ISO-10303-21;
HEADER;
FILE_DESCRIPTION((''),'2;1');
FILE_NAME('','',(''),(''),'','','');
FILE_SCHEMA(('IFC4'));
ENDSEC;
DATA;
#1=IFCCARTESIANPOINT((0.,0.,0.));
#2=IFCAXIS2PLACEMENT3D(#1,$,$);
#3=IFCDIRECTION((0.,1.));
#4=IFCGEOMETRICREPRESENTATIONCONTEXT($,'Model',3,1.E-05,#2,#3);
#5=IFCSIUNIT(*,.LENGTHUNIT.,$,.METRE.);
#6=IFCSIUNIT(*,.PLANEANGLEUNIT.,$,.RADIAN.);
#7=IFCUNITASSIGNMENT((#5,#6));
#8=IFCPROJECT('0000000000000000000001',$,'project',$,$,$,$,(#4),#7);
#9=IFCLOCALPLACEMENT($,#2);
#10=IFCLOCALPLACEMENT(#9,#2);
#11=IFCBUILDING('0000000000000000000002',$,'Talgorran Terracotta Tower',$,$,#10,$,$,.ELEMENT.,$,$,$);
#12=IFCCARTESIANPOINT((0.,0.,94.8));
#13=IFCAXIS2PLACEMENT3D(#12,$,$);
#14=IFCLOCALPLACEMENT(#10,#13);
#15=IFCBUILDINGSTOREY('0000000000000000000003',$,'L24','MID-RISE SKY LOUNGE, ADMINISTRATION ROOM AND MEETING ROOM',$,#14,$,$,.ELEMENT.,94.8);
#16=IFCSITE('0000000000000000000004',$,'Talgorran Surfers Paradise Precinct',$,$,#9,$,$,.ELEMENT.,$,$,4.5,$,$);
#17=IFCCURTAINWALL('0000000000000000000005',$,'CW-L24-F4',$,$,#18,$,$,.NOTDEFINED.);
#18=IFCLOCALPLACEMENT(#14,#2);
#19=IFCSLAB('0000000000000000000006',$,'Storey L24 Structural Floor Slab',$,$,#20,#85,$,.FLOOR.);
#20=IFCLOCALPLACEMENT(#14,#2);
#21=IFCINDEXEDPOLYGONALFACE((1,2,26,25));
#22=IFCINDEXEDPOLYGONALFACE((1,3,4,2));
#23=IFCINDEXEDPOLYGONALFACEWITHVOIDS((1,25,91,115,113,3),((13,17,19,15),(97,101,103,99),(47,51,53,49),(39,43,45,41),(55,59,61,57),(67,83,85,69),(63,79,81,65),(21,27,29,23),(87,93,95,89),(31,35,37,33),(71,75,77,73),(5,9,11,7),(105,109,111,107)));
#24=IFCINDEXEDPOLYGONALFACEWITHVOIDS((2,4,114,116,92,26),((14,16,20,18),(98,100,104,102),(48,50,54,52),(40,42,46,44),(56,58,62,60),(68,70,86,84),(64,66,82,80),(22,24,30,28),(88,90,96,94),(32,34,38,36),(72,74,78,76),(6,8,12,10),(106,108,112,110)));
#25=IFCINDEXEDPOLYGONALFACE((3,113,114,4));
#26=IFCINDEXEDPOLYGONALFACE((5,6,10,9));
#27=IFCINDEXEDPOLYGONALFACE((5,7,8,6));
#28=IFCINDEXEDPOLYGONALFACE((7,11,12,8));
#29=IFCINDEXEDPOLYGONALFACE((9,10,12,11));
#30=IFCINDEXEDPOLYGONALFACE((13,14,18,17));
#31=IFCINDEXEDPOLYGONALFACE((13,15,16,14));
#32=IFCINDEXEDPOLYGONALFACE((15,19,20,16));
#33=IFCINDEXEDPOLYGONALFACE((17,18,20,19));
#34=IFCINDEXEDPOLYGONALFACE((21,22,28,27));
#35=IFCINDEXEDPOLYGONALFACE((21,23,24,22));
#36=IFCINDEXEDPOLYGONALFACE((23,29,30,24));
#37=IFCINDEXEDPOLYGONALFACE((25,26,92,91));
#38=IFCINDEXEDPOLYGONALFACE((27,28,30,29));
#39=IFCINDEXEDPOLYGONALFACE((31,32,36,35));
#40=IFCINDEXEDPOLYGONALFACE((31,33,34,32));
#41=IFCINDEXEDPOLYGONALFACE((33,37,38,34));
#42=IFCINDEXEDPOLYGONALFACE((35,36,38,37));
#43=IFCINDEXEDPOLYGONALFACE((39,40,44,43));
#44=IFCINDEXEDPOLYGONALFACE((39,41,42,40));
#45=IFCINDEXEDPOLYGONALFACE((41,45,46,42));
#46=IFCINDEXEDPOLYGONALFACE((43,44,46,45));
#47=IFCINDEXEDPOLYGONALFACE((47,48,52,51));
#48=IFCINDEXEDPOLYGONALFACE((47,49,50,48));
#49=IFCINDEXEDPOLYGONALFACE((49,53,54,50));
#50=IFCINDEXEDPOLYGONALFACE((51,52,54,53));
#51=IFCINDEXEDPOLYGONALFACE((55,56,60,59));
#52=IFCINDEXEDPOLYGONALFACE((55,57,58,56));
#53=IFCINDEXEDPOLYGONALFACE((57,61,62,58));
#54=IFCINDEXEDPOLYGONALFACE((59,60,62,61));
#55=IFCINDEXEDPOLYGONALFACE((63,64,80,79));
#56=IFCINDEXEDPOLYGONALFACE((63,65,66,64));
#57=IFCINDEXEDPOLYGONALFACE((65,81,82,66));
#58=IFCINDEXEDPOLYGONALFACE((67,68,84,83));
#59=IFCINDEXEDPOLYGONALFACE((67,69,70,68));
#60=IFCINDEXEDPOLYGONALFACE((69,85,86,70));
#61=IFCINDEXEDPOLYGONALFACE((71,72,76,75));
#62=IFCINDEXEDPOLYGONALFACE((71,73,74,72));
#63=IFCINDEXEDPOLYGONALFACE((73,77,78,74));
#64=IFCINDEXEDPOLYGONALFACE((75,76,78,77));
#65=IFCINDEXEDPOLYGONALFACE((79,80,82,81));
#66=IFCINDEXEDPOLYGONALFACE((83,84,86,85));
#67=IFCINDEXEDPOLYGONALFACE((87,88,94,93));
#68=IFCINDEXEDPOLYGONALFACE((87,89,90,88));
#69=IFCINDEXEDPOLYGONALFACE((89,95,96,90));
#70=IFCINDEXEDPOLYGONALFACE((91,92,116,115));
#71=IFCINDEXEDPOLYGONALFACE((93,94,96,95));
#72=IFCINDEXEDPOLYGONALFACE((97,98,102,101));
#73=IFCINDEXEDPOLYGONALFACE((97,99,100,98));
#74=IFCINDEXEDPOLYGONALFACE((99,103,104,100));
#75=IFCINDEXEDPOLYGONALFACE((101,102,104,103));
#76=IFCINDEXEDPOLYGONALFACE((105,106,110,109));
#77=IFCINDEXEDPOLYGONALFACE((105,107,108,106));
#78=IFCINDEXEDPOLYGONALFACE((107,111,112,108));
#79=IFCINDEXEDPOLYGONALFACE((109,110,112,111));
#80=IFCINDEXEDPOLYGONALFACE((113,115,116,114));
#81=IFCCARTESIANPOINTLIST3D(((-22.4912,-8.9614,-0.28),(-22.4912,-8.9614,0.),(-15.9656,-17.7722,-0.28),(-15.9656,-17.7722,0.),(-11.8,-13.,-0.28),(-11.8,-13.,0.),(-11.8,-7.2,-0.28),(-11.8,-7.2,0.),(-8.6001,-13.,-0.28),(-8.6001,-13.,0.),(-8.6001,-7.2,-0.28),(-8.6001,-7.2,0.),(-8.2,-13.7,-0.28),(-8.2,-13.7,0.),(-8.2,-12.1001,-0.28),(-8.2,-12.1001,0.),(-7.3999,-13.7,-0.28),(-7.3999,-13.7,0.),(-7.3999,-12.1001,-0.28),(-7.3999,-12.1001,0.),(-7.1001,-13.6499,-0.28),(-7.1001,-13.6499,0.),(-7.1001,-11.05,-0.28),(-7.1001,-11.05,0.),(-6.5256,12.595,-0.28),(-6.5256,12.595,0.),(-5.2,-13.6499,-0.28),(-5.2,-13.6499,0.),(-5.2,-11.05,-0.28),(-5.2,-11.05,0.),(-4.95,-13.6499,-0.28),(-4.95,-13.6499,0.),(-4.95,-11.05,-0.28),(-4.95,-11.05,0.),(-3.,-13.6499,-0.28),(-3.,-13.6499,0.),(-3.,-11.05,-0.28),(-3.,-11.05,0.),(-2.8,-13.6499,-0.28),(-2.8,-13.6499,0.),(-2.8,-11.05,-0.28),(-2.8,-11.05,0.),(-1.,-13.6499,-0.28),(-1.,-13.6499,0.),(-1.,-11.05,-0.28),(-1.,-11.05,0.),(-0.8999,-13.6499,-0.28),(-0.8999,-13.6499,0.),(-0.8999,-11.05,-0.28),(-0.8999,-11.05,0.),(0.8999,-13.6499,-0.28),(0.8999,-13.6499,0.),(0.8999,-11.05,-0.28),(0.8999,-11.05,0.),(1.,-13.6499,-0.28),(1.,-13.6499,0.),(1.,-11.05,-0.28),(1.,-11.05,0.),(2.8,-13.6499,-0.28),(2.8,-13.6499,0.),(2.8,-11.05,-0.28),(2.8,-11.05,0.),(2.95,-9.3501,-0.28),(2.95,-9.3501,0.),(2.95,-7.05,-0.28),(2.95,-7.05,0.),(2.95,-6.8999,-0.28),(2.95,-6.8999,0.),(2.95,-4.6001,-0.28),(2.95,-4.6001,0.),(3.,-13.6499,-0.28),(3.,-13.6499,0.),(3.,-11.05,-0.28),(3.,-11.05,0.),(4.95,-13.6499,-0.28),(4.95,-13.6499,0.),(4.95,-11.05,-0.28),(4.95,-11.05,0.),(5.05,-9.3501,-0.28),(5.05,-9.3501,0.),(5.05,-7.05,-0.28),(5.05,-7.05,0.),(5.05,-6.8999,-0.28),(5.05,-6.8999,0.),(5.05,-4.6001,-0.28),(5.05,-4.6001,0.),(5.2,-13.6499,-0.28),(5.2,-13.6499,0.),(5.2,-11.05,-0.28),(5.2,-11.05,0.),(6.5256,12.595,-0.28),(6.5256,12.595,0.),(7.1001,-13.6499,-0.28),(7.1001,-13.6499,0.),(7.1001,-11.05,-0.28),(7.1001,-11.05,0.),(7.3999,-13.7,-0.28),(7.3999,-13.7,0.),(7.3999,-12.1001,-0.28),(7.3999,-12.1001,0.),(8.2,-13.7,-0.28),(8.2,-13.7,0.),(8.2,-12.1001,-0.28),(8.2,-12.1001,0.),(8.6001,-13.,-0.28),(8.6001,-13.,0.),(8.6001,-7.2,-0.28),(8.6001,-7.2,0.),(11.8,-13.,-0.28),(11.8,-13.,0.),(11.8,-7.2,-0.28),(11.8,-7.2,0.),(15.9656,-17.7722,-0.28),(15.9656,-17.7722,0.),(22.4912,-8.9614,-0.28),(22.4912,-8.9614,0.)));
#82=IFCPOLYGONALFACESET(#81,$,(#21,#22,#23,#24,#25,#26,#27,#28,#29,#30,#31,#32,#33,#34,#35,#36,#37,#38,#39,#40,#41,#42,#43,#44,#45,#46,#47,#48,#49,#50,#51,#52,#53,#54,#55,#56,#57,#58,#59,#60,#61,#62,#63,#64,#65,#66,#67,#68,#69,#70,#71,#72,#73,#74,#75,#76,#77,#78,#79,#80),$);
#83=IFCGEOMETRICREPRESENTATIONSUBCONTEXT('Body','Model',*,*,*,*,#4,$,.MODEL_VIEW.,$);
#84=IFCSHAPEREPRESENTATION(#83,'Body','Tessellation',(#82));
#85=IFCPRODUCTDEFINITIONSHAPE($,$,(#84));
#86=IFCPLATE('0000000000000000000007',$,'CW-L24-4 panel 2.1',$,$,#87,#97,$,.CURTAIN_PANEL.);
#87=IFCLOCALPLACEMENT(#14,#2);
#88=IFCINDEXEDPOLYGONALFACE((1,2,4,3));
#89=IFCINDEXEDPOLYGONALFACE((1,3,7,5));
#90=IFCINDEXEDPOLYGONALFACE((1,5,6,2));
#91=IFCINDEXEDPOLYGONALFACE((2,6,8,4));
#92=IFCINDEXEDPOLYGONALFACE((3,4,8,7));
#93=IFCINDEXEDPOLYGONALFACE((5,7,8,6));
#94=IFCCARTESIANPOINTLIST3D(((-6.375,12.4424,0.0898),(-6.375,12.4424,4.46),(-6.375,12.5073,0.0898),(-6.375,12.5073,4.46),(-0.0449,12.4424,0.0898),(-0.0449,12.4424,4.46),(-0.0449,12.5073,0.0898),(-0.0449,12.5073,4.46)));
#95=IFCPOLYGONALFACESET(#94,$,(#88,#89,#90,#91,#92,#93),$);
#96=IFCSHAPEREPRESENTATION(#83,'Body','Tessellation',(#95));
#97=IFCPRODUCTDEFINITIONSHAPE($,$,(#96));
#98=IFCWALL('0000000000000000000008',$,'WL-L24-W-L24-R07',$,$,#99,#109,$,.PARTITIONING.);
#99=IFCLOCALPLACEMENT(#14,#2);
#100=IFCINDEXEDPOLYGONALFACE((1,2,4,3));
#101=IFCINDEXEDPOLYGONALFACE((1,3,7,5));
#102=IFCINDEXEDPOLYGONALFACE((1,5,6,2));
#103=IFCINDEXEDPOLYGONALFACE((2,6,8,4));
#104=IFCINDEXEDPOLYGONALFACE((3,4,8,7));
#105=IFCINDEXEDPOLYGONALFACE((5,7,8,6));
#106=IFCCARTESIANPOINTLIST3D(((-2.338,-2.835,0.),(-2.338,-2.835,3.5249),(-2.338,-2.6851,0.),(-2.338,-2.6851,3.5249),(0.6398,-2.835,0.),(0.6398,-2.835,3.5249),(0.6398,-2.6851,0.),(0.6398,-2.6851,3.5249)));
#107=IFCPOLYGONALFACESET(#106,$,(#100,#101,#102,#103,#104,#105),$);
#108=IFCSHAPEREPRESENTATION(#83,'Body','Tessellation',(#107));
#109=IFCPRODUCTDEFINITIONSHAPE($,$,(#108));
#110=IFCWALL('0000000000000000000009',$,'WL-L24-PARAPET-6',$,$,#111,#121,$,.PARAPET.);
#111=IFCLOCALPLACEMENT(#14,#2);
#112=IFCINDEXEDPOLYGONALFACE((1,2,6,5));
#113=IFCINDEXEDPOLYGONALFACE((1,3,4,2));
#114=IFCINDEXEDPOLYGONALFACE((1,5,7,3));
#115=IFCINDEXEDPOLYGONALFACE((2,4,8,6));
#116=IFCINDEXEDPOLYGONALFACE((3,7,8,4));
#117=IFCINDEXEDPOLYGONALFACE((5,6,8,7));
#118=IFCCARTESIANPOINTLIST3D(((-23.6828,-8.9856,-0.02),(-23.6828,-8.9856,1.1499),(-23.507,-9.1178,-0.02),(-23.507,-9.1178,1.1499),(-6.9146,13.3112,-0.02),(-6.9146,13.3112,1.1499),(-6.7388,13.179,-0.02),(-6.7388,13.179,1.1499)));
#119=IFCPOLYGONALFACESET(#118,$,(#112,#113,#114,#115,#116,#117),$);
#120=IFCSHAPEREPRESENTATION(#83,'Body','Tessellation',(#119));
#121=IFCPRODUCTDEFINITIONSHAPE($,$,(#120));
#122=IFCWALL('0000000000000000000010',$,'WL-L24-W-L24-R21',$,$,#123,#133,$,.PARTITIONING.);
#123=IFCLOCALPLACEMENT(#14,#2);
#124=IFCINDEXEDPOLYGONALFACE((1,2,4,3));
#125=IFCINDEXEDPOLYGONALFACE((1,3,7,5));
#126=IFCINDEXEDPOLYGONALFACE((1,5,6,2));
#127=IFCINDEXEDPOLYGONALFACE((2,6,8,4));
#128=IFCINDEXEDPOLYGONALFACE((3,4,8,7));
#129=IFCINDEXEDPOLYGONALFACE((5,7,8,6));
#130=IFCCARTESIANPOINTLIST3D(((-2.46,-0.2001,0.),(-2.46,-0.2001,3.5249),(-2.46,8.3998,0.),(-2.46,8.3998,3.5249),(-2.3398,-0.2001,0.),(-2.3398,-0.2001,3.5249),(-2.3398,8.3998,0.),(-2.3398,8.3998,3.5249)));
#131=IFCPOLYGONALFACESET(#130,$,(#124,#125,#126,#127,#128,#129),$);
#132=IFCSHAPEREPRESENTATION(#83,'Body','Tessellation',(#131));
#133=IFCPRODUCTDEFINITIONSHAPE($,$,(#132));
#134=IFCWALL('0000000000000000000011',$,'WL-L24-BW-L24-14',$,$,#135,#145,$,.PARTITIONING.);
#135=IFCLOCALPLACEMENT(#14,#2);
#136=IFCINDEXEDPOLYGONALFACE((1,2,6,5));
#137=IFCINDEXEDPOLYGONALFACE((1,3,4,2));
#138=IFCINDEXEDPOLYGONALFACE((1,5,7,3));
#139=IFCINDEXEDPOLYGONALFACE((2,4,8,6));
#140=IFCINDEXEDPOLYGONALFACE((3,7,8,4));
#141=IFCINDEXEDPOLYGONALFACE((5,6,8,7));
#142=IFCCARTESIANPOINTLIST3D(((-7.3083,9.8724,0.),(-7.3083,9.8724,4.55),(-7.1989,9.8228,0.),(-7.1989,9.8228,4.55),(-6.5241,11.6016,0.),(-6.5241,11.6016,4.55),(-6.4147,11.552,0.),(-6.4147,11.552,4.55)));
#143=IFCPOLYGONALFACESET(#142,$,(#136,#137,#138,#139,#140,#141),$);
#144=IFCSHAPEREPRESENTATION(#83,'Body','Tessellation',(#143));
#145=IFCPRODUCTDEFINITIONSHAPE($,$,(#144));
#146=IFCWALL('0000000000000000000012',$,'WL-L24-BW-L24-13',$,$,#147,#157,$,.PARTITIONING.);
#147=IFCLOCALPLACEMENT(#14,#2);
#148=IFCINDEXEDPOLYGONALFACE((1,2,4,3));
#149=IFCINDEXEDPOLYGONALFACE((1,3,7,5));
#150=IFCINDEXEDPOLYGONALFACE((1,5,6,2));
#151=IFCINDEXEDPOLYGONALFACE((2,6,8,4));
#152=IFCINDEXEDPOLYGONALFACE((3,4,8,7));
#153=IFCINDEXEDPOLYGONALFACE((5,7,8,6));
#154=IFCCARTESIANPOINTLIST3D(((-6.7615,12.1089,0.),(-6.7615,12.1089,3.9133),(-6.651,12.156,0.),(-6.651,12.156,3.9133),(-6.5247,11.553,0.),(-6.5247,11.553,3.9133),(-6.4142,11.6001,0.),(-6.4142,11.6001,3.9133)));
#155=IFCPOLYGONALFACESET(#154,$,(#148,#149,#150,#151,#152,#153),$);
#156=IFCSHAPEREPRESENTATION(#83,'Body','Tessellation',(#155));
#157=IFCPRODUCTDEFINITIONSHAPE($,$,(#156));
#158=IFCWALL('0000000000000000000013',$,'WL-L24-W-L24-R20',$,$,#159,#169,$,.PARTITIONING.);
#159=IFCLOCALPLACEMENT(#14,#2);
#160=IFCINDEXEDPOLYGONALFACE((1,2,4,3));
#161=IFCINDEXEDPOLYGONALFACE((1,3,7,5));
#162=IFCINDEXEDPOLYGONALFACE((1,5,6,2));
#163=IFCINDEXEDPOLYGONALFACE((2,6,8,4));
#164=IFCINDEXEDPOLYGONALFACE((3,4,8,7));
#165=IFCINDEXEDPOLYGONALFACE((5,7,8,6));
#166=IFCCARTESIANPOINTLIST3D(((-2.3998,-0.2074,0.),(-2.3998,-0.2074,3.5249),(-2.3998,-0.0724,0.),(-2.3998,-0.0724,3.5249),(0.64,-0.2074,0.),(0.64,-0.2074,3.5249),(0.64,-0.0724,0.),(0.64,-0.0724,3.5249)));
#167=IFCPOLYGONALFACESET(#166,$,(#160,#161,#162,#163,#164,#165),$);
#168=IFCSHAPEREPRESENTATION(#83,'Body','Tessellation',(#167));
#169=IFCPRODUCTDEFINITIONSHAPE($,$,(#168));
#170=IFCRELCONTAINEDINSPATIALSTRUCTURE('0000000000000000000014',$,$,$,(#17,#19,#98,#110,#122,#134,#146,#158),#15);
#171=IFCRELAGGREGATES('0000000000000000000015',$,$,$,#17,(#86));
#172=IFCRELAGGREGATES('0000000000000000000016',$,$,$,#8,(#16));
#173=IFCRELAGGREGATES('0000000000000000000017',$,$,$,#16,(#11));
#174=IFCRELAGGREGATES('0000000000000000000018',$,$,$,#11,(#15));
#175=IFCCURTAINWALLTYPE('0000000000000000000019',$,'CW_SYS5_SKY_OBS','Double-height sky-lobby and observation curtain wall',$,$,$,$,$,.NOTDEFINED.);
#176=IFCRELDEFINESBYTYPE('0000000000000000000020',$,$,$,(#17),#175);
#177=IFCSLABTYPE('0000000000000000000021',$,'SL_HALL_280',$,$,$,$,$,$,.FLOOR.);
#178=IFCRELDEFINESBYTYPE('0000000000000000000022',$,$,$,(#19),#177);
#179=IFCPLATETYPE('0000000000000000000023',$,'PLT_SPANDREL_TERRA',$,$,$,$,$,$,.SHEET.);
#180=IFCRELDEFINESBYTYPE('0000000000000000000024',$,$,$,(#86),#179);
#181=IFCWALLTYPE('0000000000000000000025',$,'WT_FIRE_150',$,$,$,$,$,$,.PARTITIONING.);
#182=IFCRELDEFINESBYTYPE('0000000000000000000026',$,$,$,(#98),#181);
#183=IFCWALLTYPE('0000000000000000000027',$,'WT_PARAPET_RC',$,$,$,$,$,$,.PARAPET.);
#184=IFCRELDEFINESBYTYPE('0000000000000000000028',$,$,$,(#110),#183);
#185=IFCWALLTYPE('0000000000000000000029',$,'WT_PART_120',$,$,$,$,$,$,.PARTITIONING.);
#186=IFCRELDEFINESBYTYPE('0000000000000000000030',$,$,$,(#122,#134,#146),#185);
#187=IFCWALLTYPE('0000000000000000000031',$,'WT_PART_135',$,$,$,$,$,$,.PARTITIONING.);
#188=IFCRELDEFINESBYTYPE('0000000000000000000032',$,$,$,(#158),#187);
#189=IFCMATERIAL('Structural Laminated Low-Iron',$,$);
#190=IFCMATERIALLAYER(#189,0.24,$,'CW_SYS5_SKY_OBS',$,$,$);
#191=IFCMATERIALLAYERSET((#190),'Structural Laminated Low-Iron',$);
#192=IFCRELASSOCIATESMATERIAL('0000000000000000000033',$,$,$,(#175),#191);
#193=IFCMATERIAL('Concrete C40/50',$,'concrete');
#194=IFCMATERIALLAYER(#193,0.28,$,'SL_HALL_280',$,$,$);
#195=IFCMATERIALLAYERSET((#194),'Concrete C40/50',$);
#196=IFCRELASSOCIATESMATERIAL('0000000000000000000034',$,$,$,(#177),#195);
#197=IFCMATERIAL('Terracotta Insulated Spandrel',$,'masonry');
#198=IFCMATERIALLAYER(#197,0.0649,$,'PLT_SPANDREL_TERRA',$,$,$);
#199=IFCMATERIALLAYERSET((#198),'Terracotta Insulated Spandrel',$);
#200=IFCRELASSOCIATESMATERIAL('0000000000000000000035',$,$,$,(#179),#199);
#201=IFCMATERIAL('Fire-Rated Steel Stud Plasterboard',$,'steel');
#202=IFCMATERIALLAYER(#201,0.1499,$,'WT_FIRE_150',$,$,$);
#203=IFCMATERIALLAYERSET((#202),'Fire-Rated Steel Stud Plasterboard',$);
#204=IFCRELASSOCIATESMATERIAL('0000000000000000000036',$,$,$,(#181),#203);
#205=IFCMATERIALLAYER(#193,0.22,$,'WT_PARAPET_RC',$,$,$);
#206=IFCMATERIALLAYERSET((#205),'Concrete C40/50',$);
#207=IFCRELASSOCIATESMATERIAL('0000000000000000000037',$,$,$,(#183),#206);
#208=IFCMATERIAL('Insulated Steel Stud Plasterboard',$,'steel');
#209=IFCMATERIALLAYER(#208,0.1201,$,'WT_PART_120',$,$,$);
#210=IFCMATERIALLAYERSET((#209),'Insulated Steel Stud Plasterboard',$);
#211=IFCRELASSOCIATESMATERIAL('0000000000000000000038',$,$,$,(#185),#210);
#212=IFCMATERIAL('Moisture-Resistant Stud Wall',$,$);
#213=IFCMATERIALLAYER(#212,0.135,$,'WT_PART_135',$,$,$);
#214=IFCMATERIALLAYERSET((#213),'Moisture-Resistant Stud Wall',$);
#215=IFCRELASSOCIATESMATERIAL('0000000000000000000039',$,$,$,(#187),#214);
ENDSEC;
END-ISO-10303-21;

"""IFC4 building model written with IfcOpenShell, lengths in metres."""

from ifc_helpers import new_model, si_unit, direction, frame, frame_2d, origin, origin_2d, place, context, subcontext, project, spatial, polyline, rectangle, outline, extrude, source, transform, mapped, material, layer, layer_set, type_object, type_shapes, element, aggregate, save


model = new_model("IFC4")

# Units and contexts
model_context = context("Model", 3, precision=1e-05, world=origin(), true_north=direction((0.0, 1.0)))
body_context = subcontext(model_context, "Body", "Model", "MODEL_VIEW")
ifc_project = project(units=[si_unit("LENGTHUNIT", "METRE"), si_unit("PLANEANGLEUNIT", "RADIAN")], contexts=[model_context])

# Site, building, storey
site_placement = place(None, origin())
site = spatial("IfcSite", under=ifc_project, at=site_placement, Name="Talgorran Surfers Paradise Precinct", CompositionType="ELEMENT", RefElevation=4.5)
building_placement = place(site_placement, origin())
building = spatial("IfcBuilding", under=site, at=building_placement, Name="Talgorran Terracotta Tower", CompositionType="ELEMENT")
storey_placement = place(building_placement, frame((0.0, 0.0, 94.8)))
storey = spatial("IfcBuildingStorey", under=building, at=storey_placement, Name="L24", Description="MID-RISE SKY LOUNGE, ADMINISTRATION ROOM AND MEETING ROOM", CompositionType="ELEMENT", Elevation=94.8)

# Curtain wall
ifc_material_1 = material(Name="Structural Laminated Low-Iron")
ifc_layer_1 = layer(ifc_material_1, 0.24, Name="CW_SYS5_SKY_OBS")
ifc_layer_set_1 = layer_set([ifc_layer_1], Name="Structural Laminated Low-Iron")
curtain_wall_type = type_object("IfcCurtainWallType", Name="CW_SYS5_SKY_OBS", Description="Double-height sky-lobby and observation curtain wall", PredefinedType="NOTDEFINED", material=ifc_layer_set_1)
curtain_wall_1_placement = place(storey_placement, origin())
curtain_wall_1 = element("IfcCurtainWall", 1, at=curtain_wall_1_placement, inside=storey, type_object=curtain_wall_type, Name="CW-L24-F4", PredefinedType="NOTDEFINED")

# Slab
ifc_material_2 = material(Name="Concrete C40/50", Category="concrete")
ifc_layer_2 = layer(ifc_material_2, 0.28, Name="SL_HALL_280")
ifc_layer_set_2 = layer_set([ifc_layer_2], Name="Concrete C40/50")
slab_type_1 = type_object("IfcSlabType", Name="SL_HALL_280", PredefinedType="FLOOR", material=ifc_layer_set_2)
slab_1_placement = place(storey_placement, frame((0.0, 0.0, -0.28)))
element("IfcSlab", 2, at=slab_1_placement, inside=storey, type_object=slab_type_1, Name="Storey L24 Structural Floor Slab", PredefinedType="FLOOR", context=body_context, shape_type="SweptSolid", body=[
    extrude(outline(polyline([(-22.4912, -8.9614), (-15.9656, -17.7722), (15.9656, -17.7722), (22.4912, -8.9614), (6.5256, 12.595), (-6.5256, 12.595), (-22.4912, -8.9614)]), holes=[polyline([(-11.8, -7.2), (-11.8, -13.0), (-8.6001, -13.0), (-8.6001, -7.2), (-11.8, -7.2)]), polyline([(8.6001, -7.2), (8.6001, -13.0), (11.8, -13.0), (11.8, -7.2), (8.6001, -7.2)]), polyline([(-7.1001, -13.6499), (-5.2, -13.6499), (-5.2, -11.05), (-7.1001, -11.05), (-7.1001, -13.6499)]), polyline([(5.2, -13.6499), (7.1001, -13.6499), (7.1001, -11.05), (5.2, -11.05), (5.2, -13.6499)]), polyline([(3.0, -13.6499), (4.95, -13.6499), (4.95, -11.05), (3.0, -11.05), (3.0, -13.6499)]), polyline([(-4.95, -13.6499), (-3.0, -13.6499), (-3.0, -11.05), (-4.95, -11.05), (-4.95, -13.6499)]), polyline([(2.95, -9.3501), (5.05, -9.3501), (5.05, -7.05), (2.95, -7.05), (2.95, -9.3501)]), polyline([(2.95, -6.8999), (5.05, -6.8999), (5.05, -4.6001), (2.95, -4.6001), (2.95, -6.8999)]), polyline([(-2.8, -13.6499), (-1.0, -13.6499), (-1.0, -11.05), (-2.8, -11.05), (-2.8, -13.6499)]), polyline([(-0.8999, -13.6499), (0.8999, -13.6499), (0.8999, -11.05), (-0.8999, -11.05), (-0.8999, -13.6499)]), polyline([(1.0, -13.6499), (2.8, -13.6499), (2.8, -11.05), (1.0, -11.05), (1.0, -13.6499)]), polyline([(-8.2, -13.7), (-7.3999, -13.7), (-7.3999, -12.1001), (-8.2, -12.1001), (-8.2, -13.7)]), polyline([(7.3999, -13.7), (8.2, -13.7), (8.2, -12.1001), (7.3999, -12.1001), (7.3999, -13.7)])]), origin(), (0.0, 0.0, 1.0), 0.28),
])

# Plate
ifc_material_3 = material(Name="Terracotta Insulated Spandrel", Category="masonry")
ifc_layer_3 = layer(ifc_material_3, 0.0649, Name="PLT_SPANDREL_TERRA")
ifc_layer_set_3 = layer_set([ifc_layer_3], Name="Terracotta Insulated Spandrel")
plate_type_1 = type_object("IfcPlateType", Name="PLT_SPANDREL_TERRA", PredefinedType="SHEET", material=ifc_layer_set_3)
shared_shape = source(origin(), body_context, "Body", "SweptSolid", [
    extrude(rectangle(XDim=6.3301, YDim=0.0649, at=origin_2d()), origin(), (0.0, 0.0, 1.0), 4.3701),
])
type_shapes(plate_type_1, [shared_shape])
plate_1_placement = place(storey_placement, frame((-3.21, 12.4749, 0.0898), z_axis=(0.0, 0.0, 1.0), x_axis=(-1.0, 0.0, 0.0)))
plate_1 = element("IfcPlate", 3, at=plate_1_placement, type_object=plate_type_1, Name="CW-L24-4 panel 2.1", PredefinedType="CURTAIN_PANEL", context=body_context, shape_type="MappedRepresentation", body=[
    mapped(shared_shape, transform((0.0, 0.0, 0.0), scale=1.0)),
])
aggregate(curtain_wall_1, [plate_1])

# Walls
ifc_material_4 = material(Name="Fire-Rated Steel Stud Plasterboard", Category="steel")
ifc_layer_4 = layer(ifc_material_4, 0.1499, Name="WT_FIRE_150")
ifc_layer_set_4 = layer_set([ifc_layer_4], Name="Fire-Rated Steel Stud Plasterboard")
wall_type_1 = type_object("IfcWallType", Name="WT_FIRE_150", PredefinedType="PARTITIONING", material=ifc_layer_set_4)
wall_1_placement = place(storey_placement, frame((-2.3379, -2.76, 0.0), z_axis=(0.0, 0.0, 1.0), x_axis=(1.0, 0.0, 0.0)))
element("IfcWall", 4, at=wall_1_placement, inside=storey, type_object=wall_type_1, Name="WL-L24-W-L24-R07", PredefinedType="PARTITIONING", context=body_context, shape_type="SweptSolid", body=[
    extrude(rectangle(XDim=2.9778, YDim=0.1499, at=frame_2d((1.4888, 0.0))), origin(), (0.0, 0.0, 1.0), 3.5249),
])
ifc_layer_5 = layer(ifc_material_2, 0.22, Name="WT_PARAPET_RC")
ifc_layer_set_5 = layer_set([ifc_layer_5], Name="Concrete C40/50")
wall_type_2 = type_object("IfcWallType", Name="WT_PARAPET_RC", PredefinedType="PARAPET", material=ifc_layer_set_5)
wall_2_placement = place(storey_placement, frame((-6.8267, 13.2451, -0.02), z_axis=(0.0, 0.0, 1.0), x_axis=(-0.601047, -0.799214, 0.0)))
element("IfcWall", 5, at=wall_2_placement, inside=storey, type_object=wall_type_2, Name="WL-L24-PARAPET-6", PredefinedType="PARAPET", context=body_context, shape_type="SweptSolid", body=[
    extrude(rectangle(XDim=27.8984, YDim=0.22, at=frame_2d((13.9492, 0.0))), origin(), (0.0, 0.0, 1.0), 1.1699),
])
ifc_material_5 = material(Name="Insulated Steel Stud Plasterboard", Category="steel")
ifc_layer_6 = layer(ifc_material_5, 0.1201, Name="WT_PART_120")
ifc_layer_set_6 = layer_set([ifc_layer_6], Name="Insulated Steel Stud Plasterboard")
wall_type_3 = type_object("IfcWallType", Name="WT_PART_120", PredefinedType="PARTITIONING", material=ifc_layer_set_6)
wall_3_placement = place(storey_placement, frame((-2.3999, -0.2, 0.0), z_axis=(0.0, 0.0, 1.0), x_axis=(0.0, 1.0, 0.0)))
element("IfcWall", 6, at=wall_3_placement, inside=storey, type_object=wall_type_3, Name="WL-L24-W-L24-R21", PredefinedType="PARTITIONING", context=body_context, shape_type="SweptSolid", body=[
    extrude(rectangle(XDim=8.5999, YDim=0.1201, at=frame_2d((4.2998, 0.0))), origin(), (0.0, 0.0, 1.0), 3.5249),
])
wall_4_placement = place(storey_placement, frame((-6.4695, 11.5767, 0.0), z_axis=(0.0, 0.0, 1.0), x_axis=(-0.412999, -0.910732, 0.0)))
element("IfcWall", 7, at=wall_4_placement, inside=storey, type_object=wall_type_3, Name="WL-L24-BW-L24-14", PredefinedType="PARTITIONING", context=body_context, shape_type="SweptSolid", body=[
    extrude(rectangle(XDim=1.8987, YDim=0.1201, at=frame_2d((0.9492, 0.0))), origin(), (0.0, 0.0, 1.0), 4.55),
])
wall_5_placement = place(storey_placement, frame((-6.7063, 12.1326, 0.0), z_axis=(0.0, 0.0, 1.0), x_axis=(0.391919, -0.92, 0.0)))
element("IfcWall", 8, at=wall_5_placement, inside=storey, type_object=wall_type_3, Name="WL-L24-BW-L24-13", PredefinedType="PARTITIONING", context=body_context, shape_type="SweptSolid", body=[
    extrude(rectangle(XDim=0.6042, YDim=0.1201, at=frame_2d((0.3022, 0.0))), origin(), (0.0, 0.0, 1.0), 3.9133),
])
ifc_material_6 = material(Name="Moisture-Resistant Stud Wall")
ifc_layer_7 = layer(ifc_material_6, 0.135, Name="WT_PART_135")
ifc_layer_set_7 = layer_set([ifc_layer_7], Name="Moisture-Resistant Stud Wall")
wall_type_4 = type_object("IfcWallType", Name="WT_PART_135", PredefinedType="PARTITIONING", material=ifc_layer_set_7)
wall_6_placement = place(storey_placement, frame((-2.3999, -0.1399, 0.0), z_axis=(0.0, 0.0, 1.0), x_axis=(1.0, 0.0, 0.0)))
element("IfcWall", 9, at=wall_6_placement, inside=storey, type_object=wall_type_4, Name="WL-L24-W-L24-R20", PredefinedType="PARTITIONING", context=body_context, shape_type="SweptSolid", body=[
    extrude(rectangle(XDim=3.0398, YDim=0.135, at=frame_2d((1.52, 0.0))), origin(), (0.0, 0.0, 1.0), 3.5249),
])

save(model, "model.ifc")
